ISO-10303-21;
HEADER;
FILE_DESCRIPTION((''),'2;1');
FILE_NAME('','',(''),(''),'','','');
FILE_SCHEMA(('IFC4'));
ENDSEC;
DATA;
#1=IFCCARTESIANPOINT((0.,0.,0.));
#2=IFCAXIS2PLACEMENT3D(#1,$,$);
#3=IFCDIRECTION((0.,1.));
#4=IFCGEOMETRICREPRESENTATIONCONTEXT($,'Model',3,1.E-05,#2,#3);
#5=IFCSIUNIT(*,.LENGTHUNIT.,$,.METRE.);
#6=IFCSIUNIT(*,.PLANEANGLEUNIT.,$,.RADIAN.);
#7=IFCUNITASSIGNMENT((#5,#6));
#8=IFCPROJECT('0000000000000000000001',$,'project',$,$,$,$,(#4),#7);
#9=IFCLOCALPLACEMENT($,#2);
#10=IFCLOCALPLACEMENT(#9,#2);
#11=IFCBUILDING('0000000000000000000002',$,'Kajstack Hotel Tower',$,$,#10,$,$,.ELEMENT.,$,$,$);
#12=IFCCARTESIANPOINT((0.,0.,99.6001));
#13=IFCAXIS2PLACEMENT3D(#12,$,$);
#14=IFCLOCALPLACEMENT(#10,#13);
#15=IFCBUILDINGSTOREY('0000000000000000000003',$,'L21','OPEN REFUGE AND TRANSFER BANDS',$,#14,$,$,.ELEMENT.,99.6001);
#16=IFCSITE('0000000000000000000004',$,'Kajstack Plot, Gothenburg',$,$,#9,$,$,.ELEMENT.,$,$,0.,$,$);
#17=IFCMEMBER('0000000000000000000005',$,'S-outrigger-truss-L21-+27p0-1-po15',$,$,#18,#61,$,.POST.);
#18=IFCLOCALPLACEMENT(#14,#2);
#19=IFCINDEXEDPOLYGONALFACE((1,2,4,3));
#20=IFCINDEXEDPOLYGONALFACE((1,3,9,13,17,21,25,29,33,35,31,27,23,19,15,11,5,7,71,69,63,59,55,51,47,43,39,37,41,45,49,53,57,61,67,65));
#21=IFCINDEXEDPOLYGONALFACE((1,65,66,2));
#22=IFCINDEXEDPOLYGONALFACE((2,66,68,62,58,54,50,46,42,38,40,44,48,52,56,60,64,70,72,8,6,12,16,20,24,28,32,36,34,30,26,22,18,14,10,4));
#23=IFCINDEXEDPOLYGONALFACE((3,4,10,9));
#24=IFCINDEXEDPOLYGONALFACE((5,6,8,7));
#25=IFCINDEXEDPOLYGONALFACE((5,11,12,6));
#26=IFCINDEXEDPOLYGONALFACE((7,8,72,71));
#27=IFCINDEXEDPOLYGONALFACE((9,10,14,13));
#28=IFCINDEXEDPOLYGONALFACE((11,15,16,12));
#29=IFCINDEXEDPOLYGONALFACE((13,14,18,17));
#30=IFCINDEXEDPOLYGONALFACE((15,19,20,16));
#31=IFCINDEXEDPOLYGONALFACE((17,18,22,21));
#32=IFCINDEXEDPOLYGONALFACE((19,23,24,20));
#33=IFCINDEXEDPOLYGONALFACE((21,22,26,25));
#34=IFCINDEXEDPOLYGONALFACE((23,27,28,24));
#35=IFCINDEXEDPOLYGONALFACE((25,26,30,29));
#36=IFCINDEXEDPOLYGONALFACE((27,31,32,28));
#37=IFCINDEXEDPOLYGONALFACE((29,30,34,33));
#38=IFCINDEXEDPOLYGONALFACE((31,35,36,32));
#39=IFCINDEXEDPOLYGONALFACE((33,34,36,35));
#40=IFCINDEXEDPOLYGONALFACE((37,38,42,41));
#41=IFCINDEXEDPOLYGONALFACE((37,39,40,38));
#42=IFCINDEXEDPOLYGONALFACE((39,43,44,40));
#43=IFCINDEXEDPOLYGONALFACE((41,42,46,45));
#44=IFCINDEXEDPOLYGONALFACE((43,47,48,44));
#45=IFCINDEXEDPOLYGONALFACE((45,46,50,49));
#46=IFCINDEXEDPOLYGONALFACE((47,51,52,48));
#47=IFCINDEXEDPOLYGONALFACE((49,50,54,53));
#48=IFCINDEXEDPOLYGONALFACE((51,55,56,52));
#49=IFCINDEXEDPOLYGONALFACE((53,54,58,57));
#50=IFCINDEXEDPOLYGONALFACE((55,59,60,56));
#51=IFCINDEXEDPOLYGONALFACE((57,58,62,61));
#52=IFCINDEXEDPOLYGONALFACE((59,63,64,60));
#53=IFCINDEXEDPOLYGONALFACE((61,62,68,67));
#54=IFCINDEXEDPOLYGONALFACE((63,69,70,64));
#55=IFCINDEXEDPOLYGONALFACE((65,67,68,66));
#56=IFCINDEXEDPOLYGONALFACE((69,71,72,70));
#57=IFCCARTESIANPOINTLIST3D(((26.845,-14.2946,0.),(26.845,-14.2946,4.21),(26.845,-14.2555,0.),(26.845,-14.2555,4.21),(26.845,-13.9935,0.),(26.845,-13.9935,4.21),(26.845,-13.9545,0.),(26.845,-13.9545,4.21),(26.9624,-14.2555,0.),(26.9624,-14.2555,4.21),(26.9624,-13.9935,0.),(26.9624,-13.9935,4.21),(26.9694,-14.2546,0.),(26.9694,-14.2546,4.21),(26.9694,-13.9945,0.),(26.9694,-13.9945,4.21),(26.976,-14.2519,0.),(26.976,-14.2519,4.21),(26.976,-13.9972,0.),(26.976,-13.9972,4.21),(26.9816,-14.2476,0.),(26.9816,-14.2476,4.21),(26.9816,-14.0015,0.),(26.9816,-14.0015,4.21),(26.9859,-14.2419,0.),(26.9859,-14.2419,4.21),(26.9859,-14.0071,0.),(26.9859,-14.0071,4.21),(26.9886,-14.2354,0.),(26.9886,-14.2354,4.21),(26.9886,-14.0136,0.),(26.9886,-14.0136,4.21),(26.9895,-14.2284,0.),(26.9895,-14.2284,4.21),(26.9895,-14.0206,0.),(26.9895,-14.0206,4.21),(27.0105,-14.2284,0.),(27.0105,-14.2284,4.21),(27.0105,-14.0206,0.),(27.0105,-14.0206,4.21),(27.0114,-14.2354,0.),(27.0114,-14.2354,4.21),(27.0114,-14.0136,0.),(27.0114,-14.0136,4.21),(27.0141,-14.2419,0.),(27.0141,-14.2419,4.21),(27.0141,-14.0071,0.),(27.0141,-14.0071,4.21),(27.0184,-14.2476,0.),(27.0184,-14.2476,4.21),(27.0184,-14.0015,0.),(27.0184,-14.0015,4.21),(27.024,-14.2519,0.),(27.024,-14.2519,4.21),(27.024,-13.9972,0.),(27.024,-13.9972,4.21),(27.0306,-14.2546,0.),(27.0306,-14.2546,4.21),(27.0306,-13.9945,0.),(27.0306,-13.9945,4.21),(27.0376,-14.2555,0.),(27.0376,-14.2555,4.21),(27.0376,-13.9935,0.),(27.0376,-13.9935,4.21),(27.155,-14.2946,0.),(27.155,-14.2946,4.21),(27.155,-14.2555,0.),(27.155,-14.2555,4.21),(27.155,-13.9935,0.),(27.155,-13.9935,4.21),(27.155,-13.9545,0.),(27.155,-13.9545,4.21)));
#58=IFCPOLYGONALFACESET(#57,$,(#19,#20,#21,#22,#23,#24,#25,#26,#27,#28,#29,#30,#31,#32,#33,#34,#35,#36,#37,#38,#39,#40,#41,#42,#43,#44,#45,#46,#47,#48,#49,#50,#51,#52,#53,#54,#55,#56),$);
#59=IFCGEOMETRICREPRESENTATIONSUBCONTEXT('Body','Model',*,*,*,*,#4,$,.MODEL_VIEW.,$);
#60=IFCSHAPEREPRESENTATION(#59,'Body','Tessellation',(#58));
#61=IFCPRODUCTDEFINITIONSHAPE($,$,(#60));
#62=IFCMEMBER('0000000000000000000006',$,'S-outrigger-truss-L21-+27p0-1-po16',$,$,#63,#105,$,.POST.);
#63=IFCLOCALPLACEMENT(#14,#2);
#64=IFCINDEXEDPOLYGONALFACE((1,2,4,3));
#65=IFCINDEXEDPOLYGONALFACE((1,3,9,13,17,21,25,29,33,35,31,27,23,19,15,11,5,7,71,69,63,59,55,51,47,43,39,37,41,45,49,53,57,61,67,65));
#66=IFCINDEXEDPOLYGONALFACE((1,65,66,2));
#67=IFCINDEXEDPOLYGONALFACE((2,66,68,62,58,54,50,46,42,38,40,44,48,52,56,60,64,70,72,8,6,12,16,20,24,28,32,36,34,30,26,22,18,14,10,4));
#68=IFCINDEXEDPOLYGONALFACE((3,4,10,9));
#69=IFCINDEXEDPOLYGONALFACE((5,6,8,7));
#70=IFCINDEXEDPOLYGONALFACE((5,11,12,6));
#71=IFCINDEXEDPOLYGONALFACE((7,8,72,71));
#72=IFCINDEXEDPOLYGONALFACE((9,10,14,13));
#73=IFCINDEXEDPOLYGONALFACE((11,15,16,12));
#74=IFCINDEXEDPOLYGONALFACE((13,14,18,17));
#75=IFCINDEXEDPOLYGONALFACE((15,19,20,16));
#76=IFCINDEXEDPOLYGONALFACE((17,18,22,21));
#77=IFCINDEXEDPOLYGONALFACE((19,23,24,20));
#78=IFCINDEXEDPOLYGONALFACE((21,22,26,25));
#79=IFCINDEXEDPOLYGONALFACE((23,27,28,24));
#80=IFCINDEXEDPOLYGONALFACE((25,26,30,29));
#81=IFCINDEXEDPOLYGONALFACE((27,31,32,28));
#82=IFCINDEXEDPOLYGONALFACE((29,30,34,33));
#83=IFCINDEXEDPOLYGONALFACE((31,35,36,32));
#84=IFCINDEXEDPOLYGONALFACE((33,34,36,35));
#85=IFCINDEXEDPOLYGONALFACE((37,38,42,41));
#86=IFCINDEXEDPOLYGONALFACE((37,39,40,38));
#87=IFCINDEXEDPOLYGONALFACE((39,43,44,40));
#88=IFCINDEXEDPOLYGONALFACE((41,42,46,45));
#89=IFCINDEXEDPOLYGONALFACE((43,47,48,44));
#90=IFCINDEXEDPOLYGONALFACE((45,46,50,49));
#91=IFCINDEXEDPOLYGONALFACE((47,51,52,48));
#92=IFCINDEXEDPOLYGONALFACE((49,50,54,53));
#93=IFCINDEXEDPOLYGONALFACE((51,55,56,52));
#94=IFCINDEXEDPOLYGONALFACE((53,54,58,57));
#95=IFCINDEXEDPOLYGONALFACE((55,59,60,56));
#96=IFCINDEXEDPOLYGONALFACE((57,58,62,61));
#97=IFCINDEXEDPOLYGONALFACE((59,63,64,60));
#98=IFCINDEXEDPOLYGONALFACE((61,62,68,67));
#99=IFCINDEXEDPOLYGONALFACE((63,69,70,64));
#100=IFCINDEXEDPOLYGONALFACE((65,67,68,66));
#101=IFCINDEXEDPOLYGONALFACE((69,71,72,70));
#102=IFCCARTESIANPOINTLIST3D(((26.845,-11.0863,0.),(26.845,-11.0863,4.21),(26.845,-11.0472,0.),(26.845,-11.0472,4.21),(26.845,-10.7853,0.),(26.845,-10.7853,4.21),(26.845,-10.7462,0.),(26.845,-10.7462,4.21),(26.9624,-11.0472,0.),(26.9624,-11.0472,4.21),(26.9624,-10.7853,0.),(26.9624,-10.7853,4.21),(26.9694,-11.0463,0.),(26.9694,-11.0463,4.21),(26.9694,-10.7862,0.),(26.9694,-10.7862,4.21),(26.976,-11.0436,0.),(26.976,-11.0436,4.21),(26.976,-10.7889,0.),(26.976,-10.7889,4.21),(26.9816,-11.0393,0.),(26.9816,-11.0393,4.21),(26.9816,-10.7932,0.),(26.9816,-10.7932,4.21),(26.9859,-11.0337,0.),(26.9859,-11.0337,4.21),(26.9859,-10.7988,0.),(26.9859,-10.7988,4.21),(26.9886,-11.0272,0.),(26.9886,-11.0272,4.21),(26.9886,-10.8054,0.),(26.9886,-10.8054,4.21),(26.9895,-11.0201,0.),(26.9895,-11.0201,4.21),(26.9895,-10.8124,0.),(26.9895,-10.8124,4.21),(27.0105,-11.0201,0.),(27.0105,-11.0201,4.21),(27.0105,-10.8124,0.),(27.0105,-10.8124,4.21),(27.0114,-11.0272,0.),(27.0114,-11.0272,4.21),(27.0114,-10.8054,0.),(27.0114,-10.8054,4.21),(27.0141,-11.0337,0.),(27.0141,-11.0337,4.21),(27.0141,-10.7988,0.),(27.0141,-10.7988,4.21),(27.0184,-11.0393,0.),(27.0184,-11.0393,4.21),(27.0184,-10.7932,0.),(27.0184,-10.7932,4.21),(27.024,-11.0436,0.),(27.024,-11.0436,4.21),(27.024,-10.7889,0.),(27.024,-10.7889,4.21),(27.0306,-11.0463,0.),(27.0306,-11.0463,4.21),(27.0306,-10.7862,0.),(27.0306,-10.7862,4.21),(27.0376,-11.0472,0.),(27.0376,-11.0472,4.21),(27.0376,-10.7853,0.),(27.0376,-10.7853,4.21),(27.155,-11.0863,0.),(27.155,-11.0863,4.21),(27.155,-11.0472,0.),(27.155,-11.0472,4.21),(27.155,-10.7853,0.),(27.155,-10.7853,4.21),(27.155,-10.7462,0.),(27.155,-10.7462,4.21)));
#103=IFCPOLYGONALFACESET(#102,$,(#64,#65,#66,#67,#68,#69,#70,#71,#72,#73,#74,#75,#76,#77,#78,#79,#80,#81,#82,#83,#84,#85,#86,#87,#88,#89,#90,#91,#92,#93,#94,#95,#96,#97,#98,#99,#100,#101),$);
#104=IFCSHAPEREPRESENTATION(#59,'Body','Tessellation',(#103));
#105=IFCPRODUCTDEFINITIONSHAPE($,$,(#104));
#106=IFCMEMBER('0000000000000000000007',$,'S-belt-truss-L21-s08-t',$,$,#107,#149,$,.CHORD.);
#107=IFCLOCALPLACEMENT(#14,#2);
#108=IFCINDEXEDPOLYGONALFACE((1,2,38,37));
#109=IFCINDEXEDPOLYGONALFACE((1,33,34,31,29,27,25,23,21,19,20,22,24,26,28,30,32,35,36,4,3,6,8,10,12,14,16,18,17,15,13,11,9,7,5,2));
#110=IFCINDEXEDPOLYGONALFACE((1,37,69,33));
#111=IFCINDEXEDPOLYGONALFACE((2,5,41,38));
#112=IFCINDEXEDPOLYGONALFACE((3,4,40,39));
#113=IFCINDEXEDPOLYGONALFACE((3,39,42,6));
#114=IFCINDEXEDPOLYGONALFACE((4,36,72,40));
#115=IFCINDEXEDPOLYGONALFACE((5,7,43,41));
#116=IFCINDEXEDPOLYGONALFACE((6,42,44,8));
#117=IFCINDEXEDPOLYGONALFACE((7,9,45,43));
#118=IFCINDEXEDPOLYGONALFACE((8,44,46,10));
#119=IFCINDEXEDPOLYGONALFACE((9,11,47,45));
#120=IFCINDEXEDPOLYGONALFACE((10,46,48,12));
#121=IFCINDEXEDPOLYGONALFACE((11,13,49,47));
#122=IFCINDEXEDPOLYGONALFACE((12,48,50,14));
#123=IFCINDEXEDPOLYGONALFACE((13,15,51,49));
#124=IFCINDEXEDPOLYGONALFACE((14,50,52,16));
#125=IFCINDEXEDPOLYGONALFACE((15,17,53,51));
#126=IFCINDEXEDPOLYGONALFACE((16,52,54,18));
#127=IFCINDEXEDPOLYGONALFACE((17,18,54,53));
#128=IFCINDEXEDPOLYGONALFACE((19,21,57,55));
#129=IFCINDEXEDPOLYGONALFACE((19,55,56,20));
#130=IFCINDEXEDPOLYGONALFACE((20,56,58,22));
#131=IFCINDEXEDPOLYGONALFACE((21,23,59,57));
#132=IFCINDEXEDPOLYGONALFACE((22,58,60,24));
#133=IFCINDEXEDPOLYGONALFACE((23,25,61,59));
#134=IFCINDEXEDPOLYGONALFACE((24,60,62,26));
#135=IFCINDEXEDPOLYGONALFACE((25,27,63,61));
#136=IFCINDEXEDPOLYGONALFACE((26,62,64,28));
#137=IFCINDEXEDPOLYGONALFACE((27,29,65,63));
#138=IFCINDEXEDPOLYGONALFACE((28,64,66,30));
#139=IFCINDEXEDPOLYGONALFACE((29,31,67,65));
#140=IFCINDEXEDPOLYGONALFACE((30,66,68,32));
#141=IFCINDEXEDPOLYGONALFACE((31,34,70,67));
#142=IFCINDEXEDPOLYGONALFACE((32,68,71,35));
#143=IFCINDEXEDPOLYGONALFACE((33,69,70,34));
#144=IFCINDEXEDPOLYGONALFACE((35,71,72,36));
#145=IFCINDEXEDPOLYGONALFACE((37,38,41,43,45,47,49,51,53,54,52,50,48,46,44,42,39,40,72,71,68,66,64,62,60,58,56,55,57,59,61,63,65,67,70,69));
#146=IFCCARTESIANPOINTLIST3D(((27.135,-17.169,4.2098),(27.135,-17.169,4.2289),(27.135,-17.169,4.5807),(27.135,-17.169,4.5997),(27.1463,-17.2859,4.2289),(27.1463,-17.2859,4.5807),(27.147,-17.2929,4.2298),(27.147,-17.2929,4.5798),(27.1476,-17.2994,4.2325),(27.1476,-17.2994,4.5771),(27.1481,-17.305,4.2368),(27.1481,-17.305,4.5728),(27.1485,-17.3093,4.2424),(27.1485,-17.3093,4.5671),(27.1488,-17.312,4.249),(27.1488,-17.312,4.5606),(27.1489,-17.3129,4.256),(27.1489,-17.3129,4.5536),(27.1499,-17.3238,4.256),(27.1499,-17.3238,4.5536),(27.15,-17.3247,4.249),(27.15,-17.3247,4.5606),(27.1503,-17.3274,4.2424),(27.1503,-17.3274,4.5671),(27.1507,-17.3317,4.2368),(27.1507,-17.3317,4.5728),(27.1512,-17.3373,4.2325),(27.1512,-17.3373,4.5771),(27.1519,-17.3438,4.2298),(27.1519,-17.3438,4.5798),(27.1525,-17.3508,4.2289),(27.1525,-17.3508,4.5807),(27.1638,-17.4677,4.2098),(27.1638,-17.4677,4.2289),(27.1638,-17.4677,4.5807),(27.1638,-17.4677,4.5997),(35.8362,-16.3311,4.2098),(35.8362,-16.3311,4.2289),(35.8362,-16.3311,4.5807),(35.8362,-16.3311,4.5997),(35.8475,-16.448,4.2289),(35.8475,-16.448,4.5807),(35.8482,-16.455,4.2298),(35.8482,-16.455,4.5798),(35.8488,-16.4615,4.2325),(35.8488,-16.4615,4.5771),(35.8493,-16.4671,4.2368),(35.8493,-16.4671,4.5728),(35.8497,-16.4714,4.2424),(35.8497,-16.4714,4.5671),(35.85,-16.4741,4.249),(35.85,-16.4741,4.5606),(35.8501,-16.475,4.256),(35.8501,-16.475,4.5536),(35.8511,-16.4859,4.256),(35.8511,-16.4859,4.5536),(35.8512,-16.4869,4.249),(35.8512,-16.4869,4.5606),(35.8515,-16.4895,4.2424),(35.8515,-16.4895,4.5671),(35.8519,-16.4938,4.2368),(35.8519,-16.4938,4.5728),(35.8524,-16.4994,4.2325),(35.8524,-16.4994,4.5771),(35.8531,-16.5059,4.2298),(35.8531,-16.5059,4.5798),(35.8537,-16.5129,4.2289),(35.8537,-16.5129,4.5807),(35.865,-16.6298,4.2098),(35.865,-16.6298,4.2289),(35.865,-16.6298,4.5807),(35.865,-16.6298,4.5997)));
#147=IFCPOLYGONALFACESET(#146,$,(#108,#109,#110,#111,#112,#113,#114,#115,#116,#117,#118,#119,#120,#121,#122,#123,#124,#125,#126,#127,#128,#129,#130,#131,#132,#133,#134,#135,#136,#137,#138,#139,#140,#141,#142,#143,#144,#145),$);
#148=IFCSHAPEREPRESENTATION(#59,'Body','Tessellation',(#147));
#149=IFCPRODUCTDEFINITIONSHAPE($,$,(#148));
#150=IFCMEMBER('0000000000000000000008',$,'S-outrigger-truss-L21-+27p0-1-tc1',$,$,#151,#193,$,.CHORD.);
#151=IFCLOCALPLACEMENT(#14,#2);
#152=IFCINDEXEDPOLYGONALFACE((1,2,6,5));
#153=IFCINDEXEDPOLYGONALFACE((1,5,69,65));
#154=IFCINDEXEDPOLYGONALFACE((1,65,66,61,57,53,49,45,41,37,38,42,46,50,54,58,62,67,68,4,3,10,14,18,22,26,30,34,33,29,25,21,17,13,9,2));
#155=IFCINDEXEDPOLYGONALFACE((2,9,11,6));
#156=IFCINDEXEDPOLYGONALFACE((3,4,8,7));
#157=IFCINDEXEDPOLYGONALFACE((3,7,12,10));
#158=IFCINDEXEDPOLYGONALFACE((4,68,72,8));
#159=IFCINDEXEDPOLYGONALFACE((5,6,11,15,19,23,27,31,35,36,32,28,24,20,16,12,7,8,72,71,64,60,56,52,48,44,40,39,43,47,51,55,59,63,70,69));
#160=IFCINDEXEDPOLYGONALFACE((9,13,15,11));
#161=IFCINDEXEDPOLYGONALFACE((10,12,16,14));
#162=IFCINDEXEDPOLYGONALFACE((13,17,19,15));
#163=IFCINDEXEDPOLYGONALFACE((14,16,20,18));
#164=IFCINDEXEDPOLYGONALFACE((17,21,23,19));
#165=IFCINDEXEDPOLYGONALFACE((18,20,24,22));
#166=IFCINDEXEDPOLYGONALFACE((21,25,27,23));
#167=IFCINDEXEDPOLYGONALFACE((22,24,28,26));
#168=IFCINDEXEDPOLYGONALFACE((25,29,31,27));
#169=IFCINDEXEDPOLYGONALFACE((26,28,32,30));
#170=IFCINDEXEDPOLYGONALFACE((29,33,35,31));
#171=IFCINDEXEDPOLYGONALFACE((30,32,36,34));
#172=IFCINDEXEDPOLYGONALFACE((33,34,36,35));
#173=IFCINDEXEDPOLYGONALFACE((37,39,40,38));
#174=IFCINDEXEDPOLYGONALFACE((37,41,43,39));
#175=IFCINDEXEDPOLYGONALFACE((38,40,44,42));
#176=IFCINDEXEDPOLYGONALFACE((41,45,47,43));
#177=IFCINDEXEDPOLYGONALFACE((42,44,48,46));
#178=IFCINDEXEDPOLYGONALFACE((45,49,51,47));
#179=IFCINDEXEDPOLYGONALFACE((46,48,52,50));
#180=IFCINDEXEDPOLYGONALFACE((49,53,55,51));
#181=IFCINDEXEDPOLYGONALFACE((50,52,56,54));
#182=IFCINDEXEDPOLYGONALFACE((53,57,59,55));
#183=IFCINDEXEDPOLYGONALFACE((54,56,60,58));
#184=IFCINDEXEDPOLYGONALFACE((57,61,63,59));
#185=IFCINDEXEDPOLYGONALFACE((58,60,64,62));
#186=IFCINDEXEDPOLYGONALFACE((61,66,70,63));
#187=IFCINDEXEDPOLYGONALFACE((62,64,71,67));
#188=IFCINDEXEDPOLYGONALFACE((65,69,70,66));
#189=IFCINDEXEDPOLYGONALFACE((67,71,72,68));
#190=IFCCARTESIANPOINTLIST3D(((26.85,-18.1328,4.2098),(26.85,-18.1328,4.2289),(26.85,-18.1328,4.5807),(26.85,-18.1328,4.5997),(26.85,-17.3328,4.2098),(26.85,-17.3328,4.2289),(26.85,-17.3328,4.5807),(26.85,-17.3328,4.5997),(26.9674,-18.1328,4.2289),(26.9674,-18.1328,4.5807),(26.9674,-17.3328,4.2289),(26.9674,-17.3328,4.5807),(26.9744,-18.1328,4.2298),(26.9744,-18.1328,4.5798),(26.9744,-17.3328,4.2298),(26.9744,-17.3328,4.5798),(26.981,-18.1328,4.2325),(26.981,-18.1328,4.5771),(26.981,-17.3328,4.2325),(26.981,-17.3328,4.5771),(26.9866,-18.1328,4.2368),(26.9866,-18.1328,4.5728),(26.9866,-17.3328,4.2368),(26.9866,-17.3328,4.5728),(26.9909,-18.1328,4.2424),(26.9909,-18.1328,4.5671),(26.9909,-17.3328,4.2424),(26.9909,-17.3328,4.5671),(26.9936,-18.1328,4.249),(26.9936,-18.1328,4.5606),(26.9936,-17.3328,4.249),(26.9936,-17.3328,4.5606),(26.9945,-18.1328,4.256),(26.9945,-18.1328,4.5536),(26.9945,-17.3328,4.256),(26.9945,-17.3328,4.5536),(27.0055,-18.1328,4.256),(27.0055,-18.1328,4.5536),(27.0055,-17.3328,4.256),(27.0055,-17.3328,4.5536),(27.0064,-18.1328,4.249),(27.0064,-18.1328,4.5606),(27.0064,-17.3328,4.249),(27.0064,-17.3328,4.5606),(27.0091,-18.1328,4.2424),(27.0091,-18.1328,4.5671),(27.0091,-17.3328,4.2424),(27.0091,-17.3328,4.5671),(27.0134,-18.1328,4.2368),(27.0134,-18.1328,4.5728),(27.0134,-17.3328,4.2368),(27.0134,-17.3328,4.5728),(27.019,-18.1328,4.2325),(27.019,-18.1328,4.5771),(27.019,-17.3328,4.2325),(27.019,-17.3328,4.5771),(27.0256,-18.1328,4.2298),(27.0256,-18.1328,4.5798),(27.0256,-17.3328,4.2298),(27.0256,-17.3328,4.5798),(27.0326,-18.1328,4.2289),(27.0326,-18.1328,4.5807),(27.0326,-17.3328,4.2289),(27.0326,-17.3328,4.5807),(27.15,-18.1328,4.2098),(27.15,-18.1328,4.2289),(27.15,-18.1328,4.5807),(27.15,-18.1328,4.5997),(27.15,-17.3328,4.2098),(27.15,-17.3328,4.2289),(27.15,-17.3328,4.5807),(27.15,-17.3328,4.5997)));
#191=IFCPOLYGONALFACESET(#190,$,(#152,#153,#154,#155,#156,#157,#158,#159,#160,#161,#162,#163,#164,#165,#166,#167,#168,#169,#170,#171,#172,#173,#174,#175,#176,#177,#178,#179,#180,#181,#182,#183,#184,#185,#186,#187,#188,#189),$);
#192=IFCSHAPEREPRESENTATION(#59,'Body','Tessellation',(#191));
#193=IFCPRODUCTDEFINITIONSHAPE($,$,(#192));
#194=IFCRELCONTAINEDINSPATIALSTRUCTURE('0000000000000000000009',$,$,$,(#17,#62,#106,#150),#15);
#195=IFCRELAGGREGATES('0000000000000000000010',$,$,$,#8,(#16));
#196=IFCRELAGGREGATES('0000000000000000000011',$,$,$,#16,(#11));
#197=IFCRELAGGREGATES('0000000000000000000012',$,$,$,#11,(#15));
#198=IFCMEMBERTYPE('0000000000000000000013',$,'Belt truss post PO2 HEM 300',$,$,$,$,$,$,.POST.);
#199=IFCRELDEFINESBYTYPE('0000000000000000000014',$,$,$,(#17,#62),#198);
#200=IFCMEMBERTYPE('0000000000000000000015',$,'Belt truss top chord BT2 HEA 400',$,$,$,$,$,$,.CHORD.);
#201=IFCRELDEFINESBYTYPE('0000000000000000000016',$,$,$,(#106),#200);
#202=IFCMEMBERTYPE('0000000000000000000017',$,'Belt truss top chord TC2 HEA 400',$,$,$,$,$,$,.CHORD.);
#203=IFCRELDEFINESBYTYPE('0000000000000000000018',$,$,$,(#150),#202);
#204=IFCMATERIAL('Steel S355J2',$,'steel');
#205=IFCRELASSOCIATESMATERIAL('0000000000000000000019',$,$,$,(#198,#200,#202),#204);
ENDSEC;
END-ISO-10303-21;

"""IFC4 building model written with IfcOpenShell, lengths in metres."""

from ifc_helpers import new_model, si_unit, direction, frame, origin, origin_2d, place, context, subcontext, project, spatial, i_section, extrude, material, material_profile, profile_set, type_object, element, save


model = new_model("IFC4")

# Units and contexts
model_context = context("Model", 3, precision=1e-05, world=origin(), true_north=direction((0.0, 1.0)))
body_context = subcontext(model_context, "Body", "Model", "MODEL_VIEW")
ifc_project = project(units=[si_unit("LENGTHUNIT", "METRE"), si_unit("PLANEANGLEUNIT", "RADIAN")], contexts=[model_context])

# Site, building, storey
site_placement = place(None, origin())
site = spatial("IfcSite", under=ifc_project, at=site_placement, Name="Kajstack Plot, Gothenburg", CompositionType="ELEMENT", RefElevation=0.0)
building_placement = place(site_placement, origin())
building = spatial("IfcBuilding", under=site, at=building_placement, Name="Kajstack Hotel Tower", CompositionType="ELEMENT")
storey_placement = place(building_placement, frame((0.0, 0.0, 99.6001)))
storey = spatial("IfcBuildingStorey", under=building, at=storey_placement, Name="L21", Description="OPEN REFUGE AND TRANSFER BANDS", CompositionType="ELEMENT", Elevation=99.6001)

# Members
ifc_material_1 = material(Name="Steel S355J2", Category="steel")
ifc_material_profile_1 = material_profile(ifc_material_1, i_section(OverallWidth=0.3101, OverallDepth=0.3401, WebThickness=0.021, FlangeThickness=0.0391, FilletRadius=0.0271, at=origin_2d()), Name="HEM 300")
ifc_profile_set_1 = profile_set([ifc_material_profile_1], Name="Steel S355J2")
member_type_1 = type_object("IfcMemberType", Name="Belt truss post PO2 HEM 300", PredefinedType="POST", material=ifc_profile_set_1)
for number, where, z_axis, x_axis, name in (
    (1, (27.0, -14.1245, 0.0), (0.0, 0.0, 1.0), (1.0, 0.0, 0.0), "S-outrigger-truss-L21-+27p0-1-po15"),
    (2, (27.0, -10.9163, 0.0), (0.0, 0.0, 1.0), (1.0, 0.0, 0.0), "S-outrigger-truss-L21-+27p0-1-po16"),
):
    element("IfcMember", number, at=place(storey_placement, frame(where, z_axis=z_axis, x_axis=x_axis)), inside=storey, type_object=member_type_1, Name=name, PredefinedType="POST", context=body_context, shape_type="SweptSolid", body=[
        extrude(i_section(OverallWidth=0.3101, OverallDepth=0.3401, WebThickness=0.021, FlangeThickness=0.0391, FilletRadius=0.0271, at=origin_2d()), origin(), (0.0, 0.0, 1.0), 4.21),
    ])
ifc_material_profile_2 = material_profile(ifc_material_1, i_section(OverallWidth=0.3, OverallDepth=0.3899, WebThickness=0.011, FlangeThickness=0.019, FilletRadius=0.0271, at=origin_2d()), Name="HEA 400")
ifc_profile_set_2 = profile_set([ifc_material_profile_2], Name="Steel S355J2")
member_type_2 = type_object("IfcMemberType", Name="Belt truss top chord BT2 HEA 400", PredefinedType="CHORD", material=ifc_profile_set_2)
member_1_placement = place(storey_placement, frame((27.1494, -17.3184, 4.4048), z_axis=(0.995396, 0.095853, 0.0), x_axis=(-0.095853, 0.995396, 0.0)))
element("IfcMember", 3, at=member_1_placement, inside=storey, type_object=member_type_2, Name="S-belt-truss-L21-s08-t", PredefinedType="CHORD", context=body_context, shape_type="SweptSolid", body=[
    extrude(i_section(OverallWidth=0.3, OverallDepth=0.3899, WebThickness=0.011, FlangeThickness=0.019, FilletRadius=0.0271, at=origin_2d()), origin(), (0.0, 0.0, 1.0), 8.7415),
])
ifc_material_profile_3 = material_profile(ifc_material_1, i_section(OverallWidth=0.3, OverallDepth=0.3899, WebThickness=0.011, FlangeThickness=0.019, FilletRadius=0.0271, at=origin_2d()), Name="HEA 400")
ifc_profile_set_3 = profile_set([ifc_material_profile_3], Name="Steel S355J2")
member_type_3 = type_object("IfcMemberType", Name="Belt truss top chord TC2 HEA 400", PredefinedType="CHORD", material=ifc_profile_set_3)
member_2_placement = place(storey_placement, frame((27.0, -18.1328, 4.4048), z_axis=(0.0, 1.0, 0.0), x_axis=(-1.0, 0.0, 0.0)))
element("IfcMember", 4, at=member_2_placement, inside=storey, type_object=member_type_3, Name="S-outrigger-truss-L21-+27p0-1-tc1", PredefinedType="CHORD", context=body_context, shape_type="SweptSolid", body=[
    extrude(i_section(OverallWidth=0.3, OverallDepth=0.3899, WebThickness=0.011, FlangeThickness=0.019, FilletRadius=0.0271, at=origin_2d()), origin(), (0.0, 0.0, 1.0), 0.8),
])

save(model, "model.ifc")
